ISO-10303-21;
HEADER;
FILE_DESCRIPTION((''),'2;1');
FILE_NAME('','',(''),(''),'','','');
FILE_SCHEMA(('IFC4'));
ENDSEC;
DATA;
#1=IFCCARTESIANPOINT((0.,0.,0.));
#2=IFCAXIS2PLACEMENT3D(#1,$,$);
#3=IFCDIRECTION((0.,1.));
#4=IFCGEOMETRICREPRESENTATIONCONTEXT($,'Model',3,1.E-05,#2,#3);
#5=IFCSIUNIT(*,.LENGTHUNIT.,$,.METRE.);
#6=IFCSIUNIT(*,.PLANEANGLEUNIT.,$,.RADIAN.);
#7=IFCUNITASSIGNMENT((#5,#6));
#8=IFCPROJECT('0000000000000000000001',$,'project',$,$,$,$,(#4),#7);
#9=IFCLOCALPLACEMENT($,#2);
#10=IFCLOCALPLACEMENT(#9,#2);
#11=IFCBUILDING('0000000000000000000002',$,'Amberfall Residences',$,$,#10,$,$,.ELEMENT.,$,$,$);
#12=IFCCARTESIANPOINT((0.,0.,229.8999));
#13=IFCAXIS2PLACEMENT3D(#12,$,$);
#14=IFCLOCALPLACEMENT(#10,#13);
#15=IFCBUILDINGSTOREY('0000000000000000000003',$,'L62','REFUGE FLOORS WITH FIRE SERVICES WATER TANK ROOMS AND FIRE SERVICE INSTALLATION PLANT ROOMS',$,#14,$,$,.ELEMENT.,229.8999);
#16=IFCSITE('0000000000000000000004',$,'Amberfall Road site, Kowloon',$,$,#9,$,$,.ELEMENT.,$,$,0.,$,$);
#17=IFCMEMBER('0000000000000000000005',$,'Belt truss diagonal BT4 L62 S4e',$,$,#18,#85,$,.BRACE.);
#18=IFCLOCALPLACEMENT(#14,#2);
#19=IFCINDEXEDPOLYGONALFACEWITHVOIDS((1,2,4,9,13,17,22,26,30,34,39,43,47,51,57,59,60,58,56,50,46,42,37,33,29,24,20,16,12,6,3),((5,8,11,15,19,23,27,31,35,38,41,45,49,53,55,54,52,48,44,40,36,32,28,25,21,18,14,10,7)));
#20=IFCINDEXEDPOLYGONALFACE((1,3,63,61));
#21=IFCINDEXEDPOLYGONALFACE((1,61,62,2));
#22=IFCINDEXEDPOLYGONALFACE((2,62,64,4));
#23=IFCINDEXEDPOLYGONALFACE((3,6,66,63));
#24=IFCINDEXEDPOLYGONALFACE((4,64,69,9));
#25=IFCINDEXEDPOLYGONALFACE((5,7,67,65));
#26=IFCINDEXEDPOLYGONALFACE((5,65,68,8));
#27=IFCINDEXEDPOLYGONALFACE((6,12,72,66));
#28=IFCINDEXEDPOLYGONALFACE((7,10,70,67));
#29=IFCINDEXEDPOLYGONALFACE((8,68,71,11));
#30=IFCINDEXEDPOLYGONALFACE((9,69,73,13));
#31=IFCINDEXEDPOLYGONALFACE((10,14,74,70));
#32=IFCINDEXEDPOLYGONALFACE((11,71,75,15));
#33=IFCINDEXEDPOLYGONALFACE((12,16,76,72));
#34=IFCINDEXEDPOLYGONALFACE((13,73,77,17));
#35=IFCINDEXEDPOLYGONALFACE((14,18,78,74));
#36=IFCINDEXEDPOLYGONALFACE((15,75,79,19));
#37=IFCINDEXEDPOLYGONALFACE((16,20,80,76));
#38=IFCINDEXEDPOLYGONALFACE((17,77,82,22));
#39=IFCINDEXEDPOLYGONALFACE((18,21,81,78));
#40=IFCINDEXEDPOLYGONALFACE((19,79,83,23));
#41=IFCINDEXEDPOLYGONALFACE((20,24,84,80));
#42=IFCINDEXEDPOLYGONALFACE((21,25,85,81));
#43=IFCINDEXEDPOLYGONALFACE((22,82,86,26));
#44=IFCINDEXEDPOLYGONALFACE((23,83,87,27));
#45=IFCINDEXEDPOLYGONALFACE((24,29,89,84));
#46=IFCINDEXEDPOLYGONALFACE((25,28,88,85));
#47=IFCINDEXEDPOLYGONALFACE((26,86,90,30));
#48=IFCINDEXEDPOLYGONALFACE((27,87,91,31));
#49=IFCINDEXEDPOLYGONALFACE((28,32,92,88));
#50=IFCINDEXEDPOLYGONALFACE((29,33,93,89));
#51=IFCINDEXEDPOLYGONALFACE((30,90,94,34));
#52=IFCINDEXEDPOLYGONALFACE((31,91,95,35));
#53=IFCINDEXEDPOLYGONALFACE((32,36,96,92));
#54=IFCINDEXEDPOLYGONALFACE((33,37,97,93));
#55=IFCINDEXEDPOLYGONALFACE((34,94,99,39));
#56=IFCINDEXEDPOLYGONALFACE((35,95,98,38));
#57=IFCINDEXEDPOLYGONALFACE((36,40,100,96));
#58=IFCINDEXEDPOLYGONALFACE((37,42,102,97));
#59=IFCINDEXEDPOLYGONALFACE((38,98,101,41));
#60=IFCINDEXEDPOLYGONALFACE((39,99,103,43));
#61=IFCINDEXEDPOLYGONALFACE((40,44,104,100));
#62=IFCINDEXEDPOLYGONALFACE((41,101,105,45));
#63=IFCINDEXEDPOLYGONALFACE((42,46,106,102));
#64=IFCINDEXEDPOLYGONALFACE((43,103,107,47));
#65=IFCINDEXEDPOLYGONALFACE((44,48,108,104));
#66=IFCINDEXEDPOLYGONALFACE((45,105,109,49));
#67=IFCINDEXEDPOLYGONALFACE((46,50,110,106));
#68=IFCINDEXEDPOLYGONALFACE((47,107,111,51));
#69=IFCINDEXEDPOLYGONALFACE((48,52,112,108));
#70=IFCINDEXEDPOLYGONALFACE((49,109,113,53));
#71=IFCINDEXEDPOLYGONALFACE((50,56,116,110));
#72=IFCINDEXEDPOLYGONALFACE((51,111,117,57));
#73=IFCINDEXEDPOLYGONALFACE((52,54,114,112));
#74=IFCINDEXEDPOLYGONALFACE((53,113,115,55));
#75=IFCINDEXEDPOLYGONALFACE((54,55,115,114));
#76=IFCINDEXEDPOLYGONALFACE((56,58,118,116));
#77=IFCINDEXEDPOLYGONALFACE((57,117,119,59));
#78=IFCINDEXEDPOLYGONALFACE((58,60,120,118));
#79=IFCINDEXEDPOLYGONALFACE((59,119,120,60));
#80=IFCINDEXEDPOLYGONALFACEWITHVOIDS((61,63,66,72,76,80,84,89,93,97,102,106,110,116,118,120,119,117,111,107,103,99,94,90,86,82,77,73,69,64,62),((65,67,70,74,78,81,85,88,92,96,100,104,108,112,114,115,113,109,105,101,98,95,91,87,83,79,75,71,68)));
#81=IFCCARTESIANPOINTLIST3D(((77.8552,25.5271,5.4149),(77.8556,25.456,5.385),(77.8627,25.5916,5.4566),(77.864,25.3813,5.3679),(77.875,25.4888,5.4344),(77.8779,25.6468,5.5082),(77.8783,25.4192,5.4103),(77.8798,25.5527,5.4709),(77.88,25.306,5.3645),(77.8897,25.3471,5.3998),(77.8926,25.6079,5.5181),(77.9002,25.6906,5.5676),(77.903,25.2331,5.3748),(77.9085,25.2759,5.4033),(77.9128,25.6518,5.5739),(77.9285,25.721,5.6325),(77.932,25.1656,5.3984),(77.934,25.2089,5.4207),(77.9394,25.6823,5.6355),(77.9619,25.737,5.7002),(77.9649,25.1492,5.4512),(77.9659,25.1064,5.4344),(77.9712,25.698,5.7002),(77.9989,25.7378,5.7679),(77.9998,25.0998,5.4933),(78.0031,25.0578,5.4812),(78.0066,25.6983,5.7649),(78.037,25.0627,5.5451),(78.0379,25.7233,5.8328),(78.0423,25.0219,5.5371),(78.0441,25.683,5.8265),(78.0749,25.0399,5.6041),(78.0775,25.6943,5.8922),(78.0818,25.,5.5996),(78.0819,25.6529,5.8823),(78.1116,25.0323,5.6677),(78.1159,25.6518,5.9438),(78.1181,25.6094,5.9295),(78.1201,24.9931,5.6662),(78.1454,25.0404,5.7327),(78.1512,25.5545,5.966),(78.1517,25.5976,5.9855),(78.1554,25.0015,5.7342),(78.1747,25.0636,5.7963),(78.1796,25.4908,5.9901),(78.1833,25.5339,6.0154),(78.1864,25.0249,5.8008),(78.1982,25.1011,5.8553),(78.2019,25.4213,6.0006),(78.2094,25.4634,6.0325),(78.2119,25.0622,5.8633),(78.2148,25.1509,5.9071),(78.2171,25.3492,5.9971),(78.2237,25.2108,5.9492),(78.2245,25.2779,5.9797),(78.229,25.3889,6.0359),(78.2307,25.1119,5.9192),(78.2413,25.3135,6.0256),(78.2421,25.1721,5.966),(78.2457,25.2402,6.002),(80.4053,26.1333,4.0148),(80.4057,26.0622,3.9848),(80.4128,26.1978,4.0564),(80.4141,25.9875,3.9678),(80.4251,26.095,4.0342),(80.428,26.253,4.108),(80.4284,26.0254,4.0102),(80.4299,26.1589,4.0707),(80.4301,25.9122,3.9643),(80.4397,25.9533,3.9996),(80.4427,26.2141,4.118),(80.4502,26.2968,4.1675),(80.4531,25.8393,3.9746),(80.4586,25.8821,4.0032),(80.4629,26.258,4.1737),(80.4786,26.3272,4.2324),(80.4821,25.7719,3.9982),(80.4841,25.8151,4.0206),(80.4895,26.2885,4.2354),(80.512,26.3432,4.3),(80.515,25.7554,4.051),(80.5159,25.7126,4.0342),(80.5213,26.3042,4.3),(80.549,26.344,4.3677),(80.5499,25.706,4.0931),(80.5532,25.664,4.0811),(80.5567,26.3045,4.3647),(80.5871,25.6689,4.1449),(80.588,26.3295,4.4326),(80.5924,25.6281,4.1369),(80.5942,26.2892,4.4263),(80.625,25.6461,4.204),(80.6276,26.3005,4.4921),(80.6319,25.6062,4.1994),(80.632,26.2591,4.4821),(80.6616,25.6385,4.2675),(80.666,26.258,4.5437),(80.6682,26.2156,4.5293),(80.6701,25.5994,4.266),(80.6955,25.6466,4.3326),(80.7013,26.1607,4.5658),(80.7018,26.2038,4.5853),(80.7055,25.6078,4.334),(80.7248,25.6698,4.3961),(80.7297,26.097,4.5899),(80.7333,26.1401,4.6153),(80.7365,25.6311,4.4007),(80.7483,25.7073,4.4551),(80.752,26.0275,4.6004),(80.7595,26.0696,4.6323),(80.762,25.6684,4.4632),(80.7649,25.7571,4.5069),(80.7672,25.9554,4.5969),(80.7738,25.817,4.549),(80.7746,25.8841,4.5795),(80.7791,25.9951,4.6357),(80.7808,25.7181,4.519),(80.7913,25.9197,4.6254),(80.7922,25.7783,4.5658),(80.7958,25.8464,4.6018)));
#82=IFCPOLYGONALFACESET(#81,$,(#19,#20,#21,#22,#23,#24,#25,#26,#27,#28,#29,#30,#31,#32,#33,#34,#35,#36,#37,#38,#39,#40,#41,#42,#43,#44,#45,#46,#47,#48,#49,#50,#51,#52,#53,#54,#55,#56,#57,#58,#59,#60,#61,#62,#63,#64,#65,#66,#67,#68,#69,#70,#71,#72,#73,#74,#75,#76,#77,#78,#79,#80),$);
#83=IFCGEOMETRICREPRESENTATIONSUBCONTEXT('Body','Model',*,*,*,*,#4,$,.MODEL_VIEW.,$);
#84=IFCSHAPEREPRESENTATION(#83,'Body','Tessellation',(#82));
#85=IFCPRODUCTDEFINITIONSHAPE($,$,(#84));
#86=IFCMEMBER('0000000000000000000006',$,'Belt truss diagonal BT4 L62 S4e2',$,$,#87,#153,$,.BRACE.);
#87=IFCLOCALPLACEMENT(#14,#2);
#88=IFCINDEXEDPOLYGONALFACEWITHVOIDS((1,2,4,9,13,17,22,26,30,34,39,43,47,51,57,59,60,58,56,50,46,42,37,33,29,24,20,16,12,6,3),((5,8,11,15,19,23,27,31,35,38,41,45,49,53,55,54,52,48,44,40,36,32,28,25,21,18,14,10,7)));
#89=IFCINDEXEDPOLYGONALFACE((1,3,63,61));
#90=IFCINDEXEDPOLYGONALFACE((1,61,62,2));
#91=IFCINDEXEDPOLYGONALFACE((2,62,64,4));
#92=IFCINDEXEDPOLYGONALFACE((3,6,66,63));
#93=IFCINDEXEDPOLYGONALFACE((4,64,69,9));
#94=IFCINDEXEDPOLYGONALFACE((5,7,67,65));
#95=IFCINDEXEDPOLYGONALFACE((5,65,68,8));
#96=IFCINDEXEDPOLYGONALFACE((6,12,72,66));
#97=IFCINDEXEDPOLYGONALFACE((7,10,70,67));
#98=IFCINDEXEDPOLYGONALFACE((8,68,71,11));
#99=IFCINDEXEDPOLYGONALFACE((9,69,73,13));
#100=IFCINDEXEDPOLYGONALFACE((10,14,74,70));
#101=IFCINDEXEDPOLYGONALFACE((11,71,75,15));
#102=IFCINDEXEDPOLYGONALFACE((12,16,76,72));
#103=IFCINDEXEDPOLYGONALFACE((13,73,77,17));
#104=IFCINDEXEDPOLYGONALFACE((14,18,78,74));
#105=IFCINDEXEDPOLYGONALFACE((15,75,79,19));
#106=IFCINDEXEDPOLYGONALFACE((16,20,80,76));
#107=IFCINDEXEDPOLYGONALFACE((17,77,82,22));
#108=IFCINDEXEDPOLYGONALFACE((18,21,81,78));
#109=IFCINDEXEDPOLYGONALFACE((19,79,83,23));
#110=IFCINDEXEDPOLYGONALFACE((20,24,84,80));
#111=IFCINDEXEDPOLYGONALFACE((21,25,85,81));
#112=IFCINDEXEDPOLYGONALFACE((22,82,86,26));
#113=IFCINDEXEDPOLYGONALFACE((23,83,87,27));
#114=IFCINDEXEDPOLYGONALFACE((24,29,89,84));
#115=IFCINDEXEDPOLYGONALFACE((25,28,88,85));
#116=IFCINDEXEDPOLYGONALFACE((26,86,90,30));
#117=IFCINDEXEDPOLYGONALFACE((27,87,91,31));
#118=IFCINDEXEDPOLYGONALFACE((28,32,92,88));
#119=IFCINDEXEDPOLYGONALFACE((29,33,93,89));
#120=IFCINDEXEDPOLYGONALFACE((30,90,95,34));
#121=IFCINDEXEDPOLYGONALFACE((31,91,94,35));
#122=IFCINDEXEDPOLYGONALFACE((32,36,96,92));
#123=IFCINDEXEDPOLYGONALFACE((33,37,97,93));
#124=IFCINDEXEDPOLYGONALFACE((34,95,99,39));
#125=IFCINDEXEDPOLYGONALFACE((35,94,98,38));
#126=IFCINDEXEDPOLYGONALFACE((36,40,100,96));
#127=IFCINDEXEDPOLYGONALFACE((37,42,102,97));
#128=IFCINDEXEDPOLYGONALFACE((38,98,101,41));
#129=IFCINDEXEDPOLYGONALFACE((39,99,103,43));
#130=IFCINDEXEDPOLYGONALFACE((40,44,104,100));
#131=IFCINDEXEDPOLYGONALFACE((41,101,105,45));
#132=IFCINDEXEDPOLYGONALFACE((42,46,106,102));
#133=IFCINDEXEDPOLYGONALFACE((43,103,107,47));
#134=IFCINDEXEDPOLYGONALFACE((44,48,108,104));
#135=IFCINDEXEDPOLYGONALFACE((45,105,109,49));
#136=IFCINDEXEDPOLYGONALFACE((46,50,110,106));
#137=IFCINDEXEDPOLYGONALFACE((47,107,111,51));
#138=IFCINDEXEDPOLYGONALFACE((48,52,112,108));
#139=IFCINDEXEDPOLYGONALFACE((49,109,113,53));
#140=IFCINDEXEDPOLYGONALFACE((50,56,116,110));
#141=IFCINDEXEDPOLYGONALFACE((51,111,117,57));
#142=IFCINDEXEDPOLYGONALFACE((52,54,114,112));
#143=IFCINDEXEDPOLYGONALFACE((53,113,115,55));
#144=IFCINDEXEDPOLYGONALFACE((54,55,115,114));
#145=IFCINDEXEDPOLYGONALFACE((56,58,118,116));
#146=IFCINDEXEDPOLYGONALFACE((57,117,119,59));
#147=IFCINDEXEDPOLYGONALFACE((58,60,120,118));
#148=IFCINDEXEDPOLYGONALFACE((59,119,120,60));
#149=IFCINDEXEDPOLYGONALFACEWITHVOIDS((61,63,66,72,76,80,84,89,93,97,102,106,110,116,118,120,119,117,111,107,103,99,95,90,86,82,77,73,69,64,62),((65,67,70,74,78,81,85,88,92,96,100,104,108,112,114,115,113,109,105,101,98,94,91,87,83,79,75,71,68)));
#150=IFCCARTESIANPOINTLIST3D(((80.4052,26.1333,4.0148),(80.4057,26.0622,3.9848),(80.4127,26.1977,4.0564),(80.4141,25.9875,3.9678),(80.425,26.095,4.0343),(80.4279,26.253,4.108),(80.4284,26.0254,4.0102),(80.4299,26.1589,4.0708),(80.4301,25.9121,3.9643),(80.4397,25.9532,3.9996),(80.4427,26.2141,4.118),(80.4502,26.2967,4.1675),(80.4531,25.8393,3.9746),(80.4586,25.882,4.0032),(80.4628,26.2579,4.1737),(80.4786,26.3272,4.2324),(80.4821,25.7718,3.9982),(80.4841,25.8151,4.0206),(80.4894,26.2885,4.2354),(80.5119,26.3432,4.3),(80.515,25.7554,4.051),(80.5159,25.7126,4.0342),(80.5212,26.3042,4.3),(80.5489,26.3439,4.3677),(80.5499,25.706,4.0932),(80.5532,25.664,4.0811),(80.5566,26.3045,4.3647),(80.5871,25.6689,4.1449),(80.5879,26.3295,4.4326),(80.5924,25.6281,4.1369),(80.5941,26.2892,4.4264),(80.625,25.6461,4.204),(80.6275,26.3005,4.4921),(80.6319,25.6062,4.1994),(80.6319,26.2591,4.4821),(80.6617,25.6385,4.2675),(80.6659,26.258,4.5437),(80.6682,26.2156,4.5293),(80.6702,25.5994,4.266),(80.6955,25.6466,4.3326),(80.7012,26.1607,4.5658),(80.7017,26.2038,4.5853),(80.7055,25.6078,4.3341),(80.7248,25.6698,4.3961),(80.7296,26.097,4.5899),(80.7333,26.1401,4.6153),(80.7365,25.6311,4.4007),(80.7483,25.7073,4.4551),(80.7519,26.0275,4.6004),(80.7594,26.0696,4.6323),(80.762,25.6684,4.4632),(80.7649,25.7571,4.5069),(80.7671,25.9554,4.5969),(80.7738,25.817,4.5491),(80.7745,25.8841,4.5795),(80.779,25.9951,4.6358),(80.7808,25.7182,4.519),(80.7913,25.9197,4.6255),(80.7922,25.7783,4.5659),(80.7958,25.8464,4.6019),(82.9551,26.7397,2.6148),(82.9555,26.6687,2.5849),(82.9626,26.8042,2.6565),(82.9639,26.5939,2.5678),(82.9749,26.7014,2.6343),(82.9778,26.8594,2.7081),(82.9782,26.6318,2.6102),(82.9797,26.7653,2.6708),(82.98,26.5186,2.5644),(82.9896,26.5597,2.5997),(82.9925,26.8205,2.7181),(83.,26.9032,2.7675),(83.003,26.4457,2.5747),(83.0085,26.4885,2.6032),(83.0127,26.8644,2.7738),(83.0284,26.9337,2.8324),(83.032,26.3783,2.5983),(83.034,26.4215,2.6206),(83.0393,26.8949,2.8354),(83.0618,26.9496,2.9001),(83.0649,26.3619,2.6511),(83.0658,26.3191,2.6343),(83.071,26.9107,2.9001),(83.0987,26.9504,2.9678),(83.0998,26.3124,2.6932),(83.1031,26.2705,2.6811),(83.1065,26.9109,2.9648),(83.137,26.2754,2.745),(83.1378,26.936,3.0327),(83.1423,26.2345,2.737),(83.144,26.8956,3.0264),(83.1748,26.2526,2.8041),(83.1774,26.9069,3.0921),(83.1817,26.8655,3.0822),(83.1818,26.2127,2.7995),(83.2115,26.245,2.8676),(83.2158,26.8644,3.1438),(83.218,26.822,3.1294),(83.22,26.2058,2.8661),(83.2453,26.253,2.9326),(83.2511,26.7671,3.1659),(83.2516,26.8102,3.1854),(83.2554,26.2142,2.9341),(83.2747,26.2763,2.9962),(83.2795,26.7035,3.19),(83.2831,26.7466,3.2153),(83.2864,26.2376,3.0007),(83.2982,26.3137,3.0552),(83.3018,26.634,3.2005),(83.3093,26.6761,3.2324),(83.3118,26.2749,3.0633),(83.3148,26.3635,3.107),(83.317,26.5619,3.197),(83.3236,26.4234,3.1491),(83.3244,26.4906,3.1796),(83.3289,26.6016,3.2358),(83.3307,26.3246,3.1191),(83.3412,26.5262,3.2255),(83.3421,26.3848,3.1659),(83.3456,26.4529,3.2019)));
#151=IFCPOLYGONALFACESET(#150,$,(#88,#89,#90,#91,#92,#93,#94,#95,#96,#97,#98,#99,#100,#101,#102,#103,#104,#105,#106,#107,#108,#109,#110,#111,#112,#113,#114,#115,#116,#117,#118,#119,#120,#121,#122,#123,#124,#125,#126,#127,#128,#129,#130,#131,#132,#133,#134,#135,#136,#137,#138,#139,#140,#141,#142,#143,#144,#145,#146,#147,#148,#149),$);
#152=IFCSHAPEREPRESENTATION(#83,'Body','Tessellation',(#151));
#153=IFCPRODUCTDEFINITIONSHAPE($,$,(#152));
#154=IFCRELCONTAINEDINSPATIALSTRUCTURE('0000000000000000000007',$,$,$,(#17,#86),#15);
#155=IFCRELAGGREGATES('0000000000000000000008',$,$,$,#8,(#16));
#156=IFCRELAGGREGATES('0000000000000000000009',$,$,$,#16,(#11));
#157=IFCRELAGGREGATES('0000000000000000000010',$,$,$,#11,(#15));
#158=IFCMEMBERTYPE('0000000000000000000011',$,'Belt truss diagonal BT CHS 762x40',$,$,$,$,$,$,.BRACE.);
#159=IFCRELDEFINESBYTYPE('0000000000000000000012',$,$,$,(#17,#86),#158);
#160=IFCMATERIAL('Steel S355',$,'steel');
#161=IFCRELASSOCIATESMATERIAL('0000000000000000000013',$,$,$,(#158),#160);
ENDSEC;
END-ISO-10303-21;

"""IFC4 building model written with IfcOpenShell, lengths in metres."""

from ifc_helpers import new_model, si_unit, direction, frame, origin, origin_2d, place, context, subcontext, project, spatial, hollow_circle, extrude, material, material_profile, profile_set, type_object, element, save


model = new_model("IFC4")

# Units and contexts
model_context = context("Model", 3, precision=1e-05, world=origin(), true_north=direction((0.0, 1.0)))
body_context = subcontext(model_context, "Body", "Model", "MODEL_VIEW")
ifc_project = project(units=[si_unit("LENGTHUNIT", "METRE"), si_unit("PLANEANGLEUNIT", "RADIAN")], contexts=[model_context])

# Site, building, storey
site_placement = place(None, origin())
site = spatial("IfcSite", under=ifc_project, at=site_placement, Name="Amberfall Road site, Kowloon", CompositionType="ELEMENT", RefElevation=0.0)
building_placement = place(site_placement, origin())
building = spatial("IfcBuilding", under=site, at=building_placement, Name="Amberfall Residences", CompositionType="ELEMENT")
storey_placement = place(building_placement, frame((0.0, 0.0, 229.8999)))
storey = spatial("IfcBuildingStorey", under=building, at=storey_placement, Name="L62", Description="REFUGE FLOORS WITH FIRE SERVICES WATER TANK ROOMS AND FIRE SERVICE INSTALLATION PLANT ROOMS", CompositionType="ELEMENT", Elevation=229.8999)

# Shared definitions
ifc_material_1 = material(Name="Steel S355", Category="steel")

# Members
ifc_material_profile_1 = material_profile(ifc_material_1, hollow_circle(Radius=0.3811, WallThickness=0.04, at=origin_2d()), Name="CHS 762x40")
ifc_profile_set_1 = profile_set([ifc_material_profile_1], Name="Steel S355")
member_type = type_object("IfcMemberType", Name="Belt truss diagonal BT CHS 762x40", PredefinedType="BRACE", material=ifc_profile_set_1)
member_1_placement = place(storey_placement, frame((78.05, 25.3662, 5.7002), z_axis=(0.858129, 0.203996, -0.47117), x_axis=(-0.231276, 0.972888, 0.0)))
element("IfcMember", 1, at=member_1_placement, inside=storey, type_object=member_type, Name="Belt truss diagonal BT4 L62 S4e", PredefinedType="BRACE", context=body_context, shape_type="SweptSolid", body=[
    extrude(hollow_circle(Radius=0.3811, WallThickness=0.04, at=origin_2d()), origin(), (0.0, 0.0, 1.0), 2.9717),
])
member_2_placement = place(storey_placement, frame((80.6001, 25.9724, 4.3), z_axis=(0.858126, 0.204097, -0.471131), x_axis=(-0.231385, 0.972862, 0.0)))
element("IfcMember", 2, at=member_2_placement, inside=storey, type_object=member_type, Name="Belt truss diagonal BT4 L62 S4e2", PredefinedType="BRACE", context=body_context, shape_type="SweptSolid", body=[
    extrude(hollow_circle(Radius=0.3811, WallThickness=0.04, at=origin_2d()), origin(), (0.0, 0.0, 1.0), 2.9714),
])

save(model, "model.ifc")
